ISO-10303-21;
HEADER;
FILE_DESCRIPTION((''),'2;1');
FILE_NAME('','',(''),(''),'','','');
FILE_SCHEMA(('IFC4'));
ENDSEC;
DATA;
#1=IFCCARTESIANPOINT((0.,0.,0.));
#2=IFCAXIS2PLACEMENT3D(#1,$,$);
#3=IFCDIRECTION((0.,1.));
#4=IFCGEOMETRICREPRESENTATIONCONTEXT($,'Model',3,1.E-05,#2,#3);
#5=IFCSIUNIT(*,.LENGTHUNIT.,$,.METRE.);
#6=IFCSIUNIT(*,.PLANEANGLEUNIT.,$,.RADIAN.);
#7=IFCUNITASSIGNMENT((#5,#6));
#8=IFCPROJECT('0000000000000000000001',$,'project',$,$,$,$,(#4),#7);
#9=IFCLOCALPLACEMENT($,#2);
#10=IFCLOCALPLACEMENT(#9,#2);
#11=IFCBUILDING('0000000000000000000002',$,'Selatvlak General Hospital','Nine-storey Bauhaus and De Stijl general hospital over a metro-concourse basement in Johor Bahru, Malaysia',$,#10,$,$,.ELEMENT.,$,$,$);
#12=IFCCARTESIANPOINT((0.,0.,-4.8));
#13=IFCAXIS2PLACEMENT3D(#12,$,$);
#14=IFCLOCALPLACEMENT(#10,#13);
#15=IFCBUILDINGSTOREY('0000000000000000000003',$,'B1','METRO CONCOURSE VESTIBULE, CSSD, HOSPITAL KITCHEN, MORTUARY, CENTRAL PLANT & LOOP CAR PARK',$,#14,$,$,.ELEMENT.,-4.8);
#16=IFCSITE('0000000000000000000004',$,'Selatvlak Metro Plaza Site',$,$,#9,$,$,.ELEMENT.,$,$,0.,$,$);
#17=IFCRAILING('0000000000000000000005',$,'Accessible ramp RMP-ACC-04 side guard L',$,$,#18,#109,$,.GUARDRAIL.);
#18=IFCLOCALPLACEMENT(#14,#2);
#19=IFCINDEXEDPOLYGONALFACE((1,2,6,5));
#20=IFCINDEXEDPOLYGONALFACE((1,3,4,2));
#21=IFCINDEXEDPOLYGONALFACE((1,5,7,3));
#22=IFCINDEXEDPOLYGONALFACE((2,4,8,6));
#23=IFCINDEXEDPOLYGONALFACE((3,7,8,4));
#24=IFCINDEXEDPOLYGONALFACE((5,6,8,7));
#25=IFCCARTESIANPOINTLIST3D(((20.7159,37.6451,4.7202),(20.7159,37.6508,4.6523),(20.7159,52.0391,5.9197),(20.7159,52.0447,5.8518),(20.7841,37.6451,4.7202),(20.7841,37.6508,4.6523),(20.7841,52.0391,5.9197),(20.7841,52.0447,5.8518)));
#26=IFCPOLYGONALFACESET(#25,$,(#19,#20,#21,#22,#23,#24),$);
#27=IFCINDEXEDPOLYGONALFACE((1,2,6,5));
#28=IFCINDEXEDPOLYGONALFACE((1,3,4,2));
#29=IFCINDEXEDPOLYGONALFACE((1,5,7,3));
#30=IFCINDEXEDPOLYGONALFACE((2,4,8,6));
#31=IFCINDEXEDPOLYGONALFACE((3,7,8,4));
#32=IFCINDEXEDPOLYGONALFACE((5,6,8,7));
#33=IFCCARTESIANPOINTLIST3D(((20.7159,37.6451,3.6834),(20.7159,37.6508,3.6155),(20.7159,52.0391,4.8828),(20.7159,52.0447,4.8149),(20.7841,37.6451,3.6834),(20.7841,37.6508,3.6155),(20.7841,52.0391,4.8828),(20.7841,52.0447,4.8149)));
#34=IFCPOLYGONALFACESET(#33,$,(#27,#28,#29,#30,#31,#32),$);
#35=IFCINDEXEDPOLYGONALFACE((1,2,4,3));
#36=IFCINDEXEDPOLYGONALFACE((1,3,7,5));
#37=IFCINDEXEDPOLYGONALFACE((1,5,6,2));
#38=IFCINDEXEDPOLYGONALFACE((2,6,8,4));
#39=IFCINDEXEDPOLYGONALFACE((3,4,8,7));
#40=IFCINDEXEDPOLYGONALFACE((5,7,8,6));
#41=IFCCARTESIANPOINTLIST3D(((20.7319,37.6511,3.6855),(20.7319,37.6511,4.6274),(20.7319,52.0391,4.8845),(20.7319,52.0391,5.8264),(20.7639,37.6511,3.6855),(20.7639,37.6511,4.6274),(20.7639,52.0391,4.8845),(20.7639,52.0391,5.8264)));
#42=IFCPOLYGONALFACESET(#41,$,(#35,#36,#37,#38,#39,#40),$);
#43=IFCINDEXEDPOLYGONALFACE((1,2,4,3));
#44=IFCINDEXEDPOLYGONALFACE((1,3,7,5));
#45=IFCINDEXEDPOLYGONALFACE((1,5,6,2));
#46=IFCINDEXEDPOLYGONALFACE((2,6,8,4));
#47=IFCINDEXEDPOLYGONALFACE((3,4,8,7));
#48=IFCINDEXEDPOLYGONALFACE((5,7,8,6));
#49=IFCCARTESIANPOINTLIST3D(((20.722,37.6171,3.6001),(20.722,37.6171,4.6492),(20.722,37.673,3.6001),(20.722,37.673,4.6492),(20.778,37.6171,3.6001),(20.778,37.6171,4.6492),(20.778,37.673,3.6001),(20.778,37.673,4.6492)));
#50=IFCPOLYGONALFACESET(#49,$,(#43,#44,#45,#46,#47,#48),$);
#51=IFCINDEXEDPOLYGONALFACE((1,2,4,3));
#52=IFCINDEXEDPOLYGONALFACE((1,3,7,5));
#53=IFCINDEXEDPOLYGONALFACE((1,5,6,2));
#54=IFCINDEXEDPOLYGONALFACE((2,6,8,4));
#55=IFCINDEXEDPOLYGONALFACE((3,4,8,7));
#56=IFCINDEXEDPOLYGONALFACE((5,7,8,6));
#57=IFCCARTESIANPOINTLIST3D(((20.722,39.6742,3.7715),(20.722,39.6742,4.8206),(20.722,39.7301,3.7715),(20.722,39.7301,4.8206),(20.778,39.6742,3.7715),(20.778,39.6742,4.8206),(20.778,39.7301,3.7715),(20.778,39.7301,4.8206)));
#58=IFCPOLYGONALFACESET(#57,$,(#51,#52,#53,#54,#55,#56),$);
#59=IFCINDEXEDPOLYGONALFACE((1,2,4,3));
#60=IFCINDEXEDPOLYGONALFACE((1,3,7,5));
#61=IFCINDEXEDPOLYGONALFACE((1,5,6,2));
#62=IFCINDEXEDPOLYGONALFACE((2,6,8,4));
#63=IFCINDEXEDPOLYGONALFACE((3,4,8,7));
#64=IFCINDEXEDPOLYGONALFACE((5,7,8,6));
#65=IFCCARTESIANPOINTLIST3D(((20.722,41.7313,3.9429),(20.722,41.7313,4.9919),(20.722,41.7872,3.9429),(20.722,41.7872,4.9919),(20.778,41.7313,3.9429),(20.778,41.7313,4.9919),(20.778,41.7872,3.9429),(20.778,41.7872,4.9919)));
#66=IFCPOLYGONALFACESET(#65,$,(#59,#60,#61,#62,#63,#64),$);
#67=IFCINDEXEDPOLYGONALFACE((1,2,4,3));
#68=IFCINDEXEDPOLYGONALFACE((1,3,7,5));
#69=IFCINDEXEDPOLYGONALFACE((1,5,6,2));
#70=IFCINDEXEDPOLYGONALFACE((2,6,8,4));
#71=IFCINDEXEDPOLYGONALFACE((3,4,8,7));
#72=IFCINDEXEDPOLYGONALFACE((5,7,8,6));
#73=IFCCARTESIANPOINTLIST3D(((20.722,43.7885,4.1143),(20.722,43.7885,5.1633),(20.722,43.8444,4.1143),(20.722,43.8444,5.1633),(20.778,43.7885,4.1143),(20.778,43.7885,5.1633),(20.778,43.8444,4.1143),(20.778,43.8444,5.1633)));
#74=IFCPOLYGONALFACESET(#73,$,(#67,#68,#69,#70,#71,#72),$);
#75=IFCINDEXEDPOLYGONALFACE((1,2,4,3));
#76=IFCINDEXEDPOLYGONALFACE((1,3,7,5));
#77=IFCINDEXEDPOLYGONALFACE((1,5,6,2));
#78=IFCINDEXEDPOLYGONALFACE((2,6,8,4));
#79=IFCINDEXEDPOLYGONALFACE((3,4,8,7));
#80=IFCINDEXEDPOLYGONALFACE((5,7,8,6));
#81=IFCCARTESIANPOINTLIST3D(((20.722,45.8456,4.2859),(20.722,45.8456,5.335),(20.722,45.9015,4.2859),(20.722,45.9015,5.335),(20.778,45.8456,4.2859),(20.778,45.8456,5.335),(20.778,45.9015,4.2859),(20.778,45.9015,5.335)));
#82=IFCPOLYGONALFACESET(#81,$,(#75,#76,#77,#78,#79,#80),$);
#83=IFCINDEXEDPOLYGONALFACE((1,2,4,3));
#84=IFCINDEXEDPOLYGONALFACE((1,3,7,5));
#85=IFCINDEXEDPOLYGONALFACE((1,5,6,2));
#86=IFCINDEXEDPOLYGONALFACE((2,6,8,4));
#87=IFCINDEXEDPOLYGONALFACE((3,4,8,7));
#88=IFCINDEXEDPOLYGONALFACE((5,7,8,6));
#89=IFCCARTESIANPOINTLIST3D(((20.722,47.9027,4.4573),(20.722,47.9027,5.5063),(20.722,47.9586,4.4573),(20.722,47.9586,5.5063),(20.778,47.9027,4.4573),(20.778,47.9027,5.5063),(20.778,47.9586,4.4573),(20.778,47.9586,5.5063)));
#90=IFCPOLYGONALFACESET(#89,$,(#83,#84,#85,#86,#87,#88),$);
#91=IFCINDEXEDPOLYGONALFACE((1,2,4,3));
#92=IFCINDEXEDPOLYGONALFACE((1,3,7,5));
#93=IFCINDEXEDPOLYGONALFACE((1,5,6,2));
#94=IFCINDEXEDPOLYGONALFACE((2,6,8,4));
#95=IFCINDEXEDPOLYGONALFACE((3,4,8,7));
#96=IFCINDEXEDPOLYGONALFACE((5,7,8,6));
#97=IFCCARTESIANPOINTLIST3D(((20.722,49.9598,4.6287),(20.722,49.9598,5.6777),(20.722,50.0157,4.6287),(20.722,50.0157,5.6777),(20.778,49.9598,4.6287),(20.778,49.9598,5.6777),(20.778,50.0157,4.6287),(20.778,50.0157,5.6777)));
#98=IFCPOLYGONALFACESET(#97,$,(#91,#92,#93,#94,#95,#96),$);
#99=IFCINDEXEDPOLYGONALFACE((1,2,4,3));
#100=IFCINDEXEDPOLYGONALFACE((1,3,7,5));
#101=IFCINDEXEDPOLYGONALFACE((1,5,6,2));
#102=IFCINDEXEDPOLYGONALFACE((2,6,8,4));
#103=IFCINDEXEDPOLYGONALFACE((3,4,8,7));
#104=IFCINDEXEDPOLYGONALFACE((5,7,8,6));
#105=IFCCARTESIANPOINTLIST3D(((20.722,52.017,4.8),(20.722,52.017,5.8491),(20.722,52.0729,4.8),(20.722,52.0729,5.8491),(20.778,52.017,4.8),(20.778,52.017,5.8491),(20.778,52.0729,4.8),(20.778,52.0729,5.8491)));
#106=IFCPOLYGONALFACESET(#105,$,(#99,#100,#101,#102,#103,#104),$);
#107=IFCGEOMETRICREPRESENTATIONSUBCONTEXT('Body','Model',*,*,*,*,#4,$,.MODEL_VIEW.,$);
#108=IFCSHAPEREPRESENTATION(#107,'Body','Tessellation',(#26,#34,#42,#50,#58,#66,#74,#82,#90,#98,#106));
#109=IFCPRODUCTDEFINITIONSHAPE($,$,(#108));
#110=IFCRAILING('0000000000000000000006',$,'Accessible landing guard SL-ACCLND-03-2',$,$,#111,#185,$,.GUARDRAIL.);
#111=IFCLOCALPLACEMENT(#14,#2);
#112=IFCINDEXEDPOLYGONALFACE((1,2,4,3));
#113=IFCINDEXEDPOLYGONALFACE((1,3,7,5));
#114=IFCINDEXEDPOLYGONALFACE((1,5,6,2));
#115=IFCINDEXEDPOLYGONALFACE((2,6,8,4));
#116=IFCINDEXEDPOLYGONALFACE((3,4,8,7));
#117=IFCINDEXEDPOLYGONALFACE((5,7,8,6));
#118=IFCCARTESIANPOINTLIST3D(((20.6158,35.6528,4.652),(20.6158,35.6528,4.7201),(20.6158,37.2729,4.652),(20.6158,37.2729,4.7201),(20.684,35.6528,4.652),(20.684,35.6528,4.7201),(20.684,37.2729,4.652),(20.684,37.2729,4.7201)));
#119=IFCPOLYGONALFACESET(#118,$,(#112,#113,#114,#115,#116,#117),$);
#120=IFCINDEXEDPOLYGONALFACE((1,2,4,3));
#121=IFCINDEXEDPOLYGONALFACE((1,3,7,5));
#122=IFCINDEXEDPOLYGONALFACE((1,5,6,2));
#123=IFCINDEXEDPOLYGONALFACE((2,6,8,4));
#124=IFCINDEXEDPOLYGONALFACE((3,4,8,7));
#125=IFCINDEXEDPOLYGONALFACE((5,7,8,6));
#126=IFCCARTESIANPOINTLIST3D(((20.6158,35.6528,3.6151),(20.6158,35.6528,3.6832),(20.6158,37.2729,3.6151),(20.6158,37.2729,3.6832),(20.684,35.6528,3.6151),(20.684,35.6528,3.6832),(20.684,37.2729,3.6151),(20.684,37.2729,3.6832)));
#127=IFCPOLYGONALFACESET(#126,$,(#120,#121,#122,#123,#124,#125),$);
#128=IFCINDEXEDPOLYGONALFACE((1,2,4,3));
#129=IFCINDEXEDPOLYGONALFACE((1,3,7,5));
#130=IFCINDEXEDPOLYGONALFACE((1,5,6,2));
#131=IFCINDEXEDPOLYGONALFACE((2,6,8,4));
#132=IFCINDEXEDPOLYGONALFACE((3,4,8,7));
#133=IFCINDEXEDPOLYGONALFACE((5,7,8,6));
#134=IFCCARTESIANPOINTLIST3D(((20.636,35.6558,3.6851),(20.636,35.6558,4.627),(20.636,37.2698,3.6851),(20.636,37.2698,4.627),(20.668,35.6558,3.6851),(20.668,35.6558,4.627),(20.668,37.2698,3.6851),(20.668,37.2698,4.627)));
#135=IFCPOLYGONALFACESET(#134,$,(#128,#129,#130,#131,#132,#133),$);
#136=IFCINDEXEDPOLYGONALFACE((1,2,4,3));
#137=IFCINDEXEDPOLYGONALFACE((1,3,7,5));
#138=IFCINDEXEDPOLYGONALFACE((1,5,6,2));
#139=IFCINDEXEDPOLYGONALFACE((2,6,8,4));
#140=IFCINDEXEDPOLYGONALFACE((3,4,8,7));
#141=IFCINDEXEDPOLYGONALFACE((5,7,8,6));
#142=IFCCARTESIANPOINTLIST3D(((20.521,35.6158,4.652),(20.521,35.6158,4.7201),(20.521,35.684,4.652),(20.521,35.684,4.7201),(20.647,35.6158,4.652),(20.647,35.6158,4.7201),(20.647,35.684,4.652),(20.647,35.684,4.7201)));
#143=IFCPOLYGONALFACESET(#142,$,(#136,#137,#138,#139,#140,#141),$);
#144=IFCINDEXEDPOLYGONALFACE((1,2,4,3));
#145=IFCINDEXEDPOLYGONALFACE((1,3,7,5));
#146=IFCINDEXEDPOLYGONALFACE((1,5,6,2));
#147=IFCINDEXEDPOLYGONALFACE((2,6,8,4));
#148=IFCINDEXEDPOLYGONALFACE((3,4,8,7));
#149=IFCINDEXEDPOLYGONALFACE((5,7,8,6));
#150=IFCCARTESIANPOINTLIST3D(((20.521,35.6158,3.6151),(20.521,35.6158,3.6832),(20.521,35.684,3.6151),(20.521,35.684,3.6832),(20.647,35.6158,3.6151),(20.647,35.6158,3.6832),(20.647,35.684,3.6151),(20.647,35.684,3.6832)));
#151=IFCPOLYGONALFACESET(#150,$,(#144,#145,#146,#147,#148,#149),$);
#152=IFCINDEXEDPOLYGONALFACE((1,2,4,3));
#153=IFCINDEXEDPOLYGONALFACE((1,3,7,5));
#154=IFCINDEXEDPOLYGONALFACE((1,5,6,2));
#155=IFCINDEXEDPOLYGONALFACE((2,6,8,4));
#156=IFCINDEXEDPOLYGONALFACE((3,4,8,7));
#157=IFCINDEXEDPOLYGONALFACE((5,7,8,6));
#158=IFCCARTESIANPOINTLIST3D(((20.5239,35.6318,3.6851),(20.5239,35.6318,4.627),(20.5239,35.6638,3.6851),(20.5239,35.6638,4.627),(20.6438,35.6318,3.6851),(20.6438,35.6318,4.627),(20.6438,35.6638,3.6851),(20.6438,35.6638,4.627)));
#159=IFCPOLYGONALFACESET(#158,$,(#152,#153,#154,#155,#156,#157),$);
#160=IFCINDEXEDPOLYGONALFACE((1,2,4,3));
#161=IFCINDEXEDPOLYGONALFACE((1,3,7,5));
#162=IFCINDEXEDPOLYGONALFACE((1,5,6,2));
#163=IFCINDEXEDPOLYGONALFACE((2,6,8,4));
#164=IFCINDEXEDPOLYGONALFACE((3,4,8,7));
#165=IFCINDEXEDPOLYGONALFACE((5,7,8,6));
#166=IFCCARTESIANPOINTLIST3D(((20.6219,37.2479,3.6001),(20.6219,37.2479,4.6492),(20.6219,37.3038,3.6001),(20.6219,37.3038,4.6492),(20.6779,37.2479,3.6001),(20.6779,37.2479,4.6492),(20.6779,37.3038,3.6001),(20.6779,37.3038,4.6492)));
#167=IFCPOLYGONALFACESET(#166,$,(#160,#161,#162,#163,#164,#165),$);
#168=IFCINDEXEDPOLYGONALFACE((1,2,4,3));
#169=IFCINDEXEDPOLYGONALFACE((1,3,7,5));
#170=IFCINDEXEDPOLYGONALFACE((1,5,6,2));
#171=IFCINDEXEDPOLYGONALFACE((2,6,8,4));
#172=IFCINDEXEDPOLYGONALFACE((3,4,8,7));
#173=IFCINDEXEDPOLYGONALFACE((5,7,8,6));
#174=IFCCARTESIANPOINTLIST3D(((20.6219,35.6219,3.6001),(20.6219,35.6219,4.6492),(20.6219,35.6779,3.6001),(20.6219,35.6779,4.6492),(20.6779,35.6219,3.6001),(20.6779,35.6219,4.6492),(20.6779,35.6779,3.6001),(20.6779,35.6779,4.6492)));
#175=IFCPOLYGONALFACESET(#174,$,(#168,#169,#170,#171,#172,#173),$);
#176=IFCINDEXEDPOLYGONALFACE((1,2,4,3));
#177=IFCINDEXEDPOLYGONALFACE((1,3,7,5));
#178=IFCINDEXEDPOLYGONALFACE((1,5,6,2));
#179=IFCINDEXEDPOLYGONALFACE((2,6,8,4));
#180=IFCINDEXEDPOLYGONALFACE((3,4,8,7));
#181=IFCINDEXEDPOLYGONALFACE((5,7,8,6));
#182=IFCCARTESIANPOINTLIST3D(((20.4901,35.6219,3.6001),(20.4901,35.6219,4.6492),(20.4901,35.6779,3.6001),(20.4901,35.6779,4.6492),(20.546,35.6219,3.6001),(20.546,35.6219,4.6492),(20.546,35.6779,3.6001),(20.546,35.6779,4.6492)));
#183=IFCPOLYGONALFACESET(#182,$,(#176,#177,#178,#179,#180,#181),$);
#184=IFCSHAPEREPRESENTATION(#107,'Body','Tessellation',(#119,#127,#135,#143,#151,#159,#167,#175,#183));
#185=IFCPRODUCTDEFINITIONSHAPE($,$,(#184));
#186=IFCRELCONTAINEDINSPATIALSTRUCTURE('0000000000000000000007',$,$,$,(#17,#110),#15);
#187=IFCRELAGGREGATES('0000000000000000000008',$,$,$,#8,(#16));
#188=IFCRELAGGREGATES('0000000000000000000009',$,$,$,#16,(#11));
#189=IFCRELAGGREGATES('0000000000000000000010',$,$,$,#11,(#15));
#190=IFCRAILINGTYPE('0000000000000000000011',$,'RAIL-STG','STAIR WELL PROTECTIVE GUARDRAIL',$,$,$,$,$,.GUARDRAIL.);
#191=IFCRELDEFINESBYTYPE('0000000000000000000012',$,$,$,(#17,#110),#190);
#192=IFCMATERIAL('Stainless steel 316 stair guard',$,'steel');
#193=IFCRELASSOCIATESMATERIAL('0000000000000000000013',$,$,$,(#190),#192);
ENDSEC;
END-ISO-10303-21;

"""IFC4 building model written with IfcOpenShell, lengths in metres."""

from ifc_helpers import new_model, si_unit, direction, frame, origin, origin_2d, place, context, subcontext, project, spatial, polyline, rectangle, outline, extrude, material, type_object, element, save


model = new_model("IFC4")

# Units and contexts
model_context = context("Model", 3, precision=1e-05, world=origin(), true_north=direction((0.0, 1.0)))
body_context = subcontext(model_context, "Body", "Model", "MODEL_VIEW")
ifc_project = project(units=[si_unit("LENGTHUNIT", "METRE"), si_unit("PLANEANGLEUNIT", "RADIAN")], contexts=[model_context])

# Site, building, storey
site_placement = place(None, origin())
site = spatial("IfcSite", under=ifc_project, at=site_placement, Name="Selatvlak Metro Plaza Site", CompositionType="ELEMENT", RefElevation=0.0)
building_placement = place(site_placement, origin())
building = spatial("IfcBuilding", under=site, at=building_placement, Name="Selatvlak General Hospital", Description="Nine-storey Bauhaus and De Stijl general hospital over a metro-concourse basement in Johor Bahru, Malaysia", CompositionType="ELEMENT")
storey_placement = place(building_placement, frame((0.0, 0.0, -4.8)))
storey = spatial("IfcBuildingStorey", under=building, at=storey_placement, Name="B1", Description="METRO CONCOURSE VESTIBULE, CSSD, HOSPITAL KITCHEN, MORTUARY, CENTRAL PLANT & LOOP CAR PARK", CompositionType="ELEMENT", Elevation=-4.8)

# Railings
ifc_material_1 = material(Name="Stainless steel 316 stair guard", Category="steel")
railing_type = type_object("IfcRailingType", Name="RAIL-STG", Description="STAIR WELL PROTECTIVE GUARDRAIL", PredefinedType="GUARDRAIL", material=ifc_material_1)
railing_1_placement = place(storey_placement, frame((20.75, 37.645, 3.6001)))
element("IfcRailing", 1, at=railing_1_placement, inside=storey, type_object=railing_type, Name="Accessible ramp RMP-ACC-04 side guard L", PredefinedType="GUARDRAIL", context=body_context, shape_type="SweptSolid", body=[
    extrude(rectangle(XDim=0.0681, YDim=0.0681, at=origin_2d()), frame((0.0, 0.0029, 1.0862), z_axis=(0.0, 0.996546, 0.083043), x_axis=(-1.0, 0.0, 0.0)), (0.0, 0.0, 1.0), 14.4438),
    extrude(rectangle(XDim=0.0681, YDim=0.0681, at=origin_2d()), frame((0.0, 0.0029, 0.0493), z_axis=(0.0, 0.996546, 0.083043), x_axis=(-1.0, 0.0, 0.0)), (0.0, 0.0, 1.0), 14.4438),
    extrude(outline(polyline([(0.0, 0.0), (14.3879, 1.199), (14.3879, 2.1409), (0.0, 0.9419), (0.0, 0.0)])), frame((-0.0181, 0.0061, 0.0854), z_axis=(1.0, 0.0, 0.0), x_axis=(0.0, 1.0, 0.0)), (0.0, 0.0, 1.0), 0.032),
    extrude(rectangle(XDim=0.0559, YDim=0.0559, at=origin_2d()), origin(), (0.0, 0.0, 1.0), 1.0491),
    extrude(rectangle(XDim=0.0559, YDim=0.0559, at=origin_2d()), frame((0.0, 2.0571, 0.1714)), (0.0, 0.0, 1.0), 1.0491),
    extrude(rectangle(XDim=0.0559, YDim=0.0559, at=origin_2d()), frame((0.0, 4.1143, 0.3428)), (0.0, 0.0, 1.0), 1.0491),
    extrude(rectangle(XDim=0.0559, YDim=0.0559, at=origin_2d()), frame((0.0, 6.1714, 0.5142)), (0.0, 0.0, 1.0), 1.0491),
    extrude(rectangle(XDim=0.0559, YDim=0.0559, at=origin_2d()), frame((0.0, 8.2285, 0.6858)), (0.0, 0.0, 1.0), 1.0491),
    extrude(rectangle(XDim=0.0559, YDim=0.0559, at=origin_2d()), frame((0.0, 10.2856, 0.8572)), (0.0, 0.0, 1.0), 1.0491),
    extrude(rectangle(XDim=0.0559, YDim=0.0559, at=origin_2d()), frame((0.0, 12.3428, 1.0286)), (0.0, 0.0, 1.0), 1.0491),
    extrude(rectangle(XDim=0.0559, YDim=0.0559, at=origin_2d()), frame((0.0, 14.3999, 1.2)), (0.0, 0.0, 1.0), 1.0491),
])
railing_2_placement = place(storey_placement, frame((20.6499, 37.2759, 3.6001)))
element("IfcRailing", 2, at=railing_2_placement, inside=storey, type_object=railing_type, Name="Accessible landing guard SL-ACCLND-03-2", PredefinedType="GUARDRAIL", context=body_context, shape_type="SweptSolid", body=[
    extrude(rectangle(XDim=0.0681, YDim=0.0681, at=origin_2d()), frame((0.0, -0.0029, 1.0859), z_axis=(0.0, -1.0, 0.0), x_axis=(1.0, 0.0, 0.0)), (0.0, 0.0, 1.0), 1.6201),
    extrude(rectangle(XDim=0.0681, YDim=0.0681, at=origin_2d()), frame((0.0, -0.0029, 0.0491), z_axis=(0.0, -1.0, 0.0), x_axis=(1.0, 0.0, 0.0)), (0.0, 0.0, 1.0), 1.6201),
    extrude(outline(polyline([(0.0, 0.0), (1.614, 0.0), (1.614, 0.9419), (0.0, 0.9419), (0.0, 0.0)])), frame((0.0181, -0.0061, 0.085), z_axis=(-1.0, 0.0, 0.0), x_axis=(0.0, -1.0, 0.0)), (0.0, 0.0, 1.0), 0.032),
    extrude(rectangle(XDim=0.0681, YDim=0.0681, at=origin_2d()), frame((-0.0029, -1.626, 1.0859), z_axis=(-1.0, 0.0, 0.0), x_axis=(0.0, -1.0, 0.0)), (0.0, 0.0, 1.0), 0.126),
    extrude(rectangle(XDim=0.0681, YDim=0.0681, at=origin_2d()), frame((-0.0029, -1.626, 0.0491), z_axis=(-1.0, 0.0, 0.0), x_axis=(0.0, -1.0, 0.0)), (0.0, 0.0, 1.0), 0.126),
    extrude(outline(polyline([(0.0, 0.0), (0.1199, 0.0), (0.1199, 0.9419), (0.0, 0.9419), (0.0, 0.0)])), frame((-0.0061, -1.644, 0.085), z_axis=(0.0, 1.0, 0.0), x_axis=(-1.0, 0.0, 0.0)), (0.0, 0.0, 1.0), 0.032),
    extrude(rectangle(XDim=0.0559, YDim=0.0559, at=origin_2d()), origin(), (0.0, 0.0, 1.0), 1.0491),
    extrude(rectangle(XDim=0.0559, YDim=0.0559, at=origin_2d()), frame((0.0, -1.626, 0.0)), (0.0, 0.0, 1.0), 1.0491),
    extrude(rectangle(XDim=0.0559, YDim=0.0559, at=origin_2d()), frame((-0.1318, -1.626, 0.0)), (0.0, 0.0, 1.0), 1.0491),
])

save(model, "model.ifc")
